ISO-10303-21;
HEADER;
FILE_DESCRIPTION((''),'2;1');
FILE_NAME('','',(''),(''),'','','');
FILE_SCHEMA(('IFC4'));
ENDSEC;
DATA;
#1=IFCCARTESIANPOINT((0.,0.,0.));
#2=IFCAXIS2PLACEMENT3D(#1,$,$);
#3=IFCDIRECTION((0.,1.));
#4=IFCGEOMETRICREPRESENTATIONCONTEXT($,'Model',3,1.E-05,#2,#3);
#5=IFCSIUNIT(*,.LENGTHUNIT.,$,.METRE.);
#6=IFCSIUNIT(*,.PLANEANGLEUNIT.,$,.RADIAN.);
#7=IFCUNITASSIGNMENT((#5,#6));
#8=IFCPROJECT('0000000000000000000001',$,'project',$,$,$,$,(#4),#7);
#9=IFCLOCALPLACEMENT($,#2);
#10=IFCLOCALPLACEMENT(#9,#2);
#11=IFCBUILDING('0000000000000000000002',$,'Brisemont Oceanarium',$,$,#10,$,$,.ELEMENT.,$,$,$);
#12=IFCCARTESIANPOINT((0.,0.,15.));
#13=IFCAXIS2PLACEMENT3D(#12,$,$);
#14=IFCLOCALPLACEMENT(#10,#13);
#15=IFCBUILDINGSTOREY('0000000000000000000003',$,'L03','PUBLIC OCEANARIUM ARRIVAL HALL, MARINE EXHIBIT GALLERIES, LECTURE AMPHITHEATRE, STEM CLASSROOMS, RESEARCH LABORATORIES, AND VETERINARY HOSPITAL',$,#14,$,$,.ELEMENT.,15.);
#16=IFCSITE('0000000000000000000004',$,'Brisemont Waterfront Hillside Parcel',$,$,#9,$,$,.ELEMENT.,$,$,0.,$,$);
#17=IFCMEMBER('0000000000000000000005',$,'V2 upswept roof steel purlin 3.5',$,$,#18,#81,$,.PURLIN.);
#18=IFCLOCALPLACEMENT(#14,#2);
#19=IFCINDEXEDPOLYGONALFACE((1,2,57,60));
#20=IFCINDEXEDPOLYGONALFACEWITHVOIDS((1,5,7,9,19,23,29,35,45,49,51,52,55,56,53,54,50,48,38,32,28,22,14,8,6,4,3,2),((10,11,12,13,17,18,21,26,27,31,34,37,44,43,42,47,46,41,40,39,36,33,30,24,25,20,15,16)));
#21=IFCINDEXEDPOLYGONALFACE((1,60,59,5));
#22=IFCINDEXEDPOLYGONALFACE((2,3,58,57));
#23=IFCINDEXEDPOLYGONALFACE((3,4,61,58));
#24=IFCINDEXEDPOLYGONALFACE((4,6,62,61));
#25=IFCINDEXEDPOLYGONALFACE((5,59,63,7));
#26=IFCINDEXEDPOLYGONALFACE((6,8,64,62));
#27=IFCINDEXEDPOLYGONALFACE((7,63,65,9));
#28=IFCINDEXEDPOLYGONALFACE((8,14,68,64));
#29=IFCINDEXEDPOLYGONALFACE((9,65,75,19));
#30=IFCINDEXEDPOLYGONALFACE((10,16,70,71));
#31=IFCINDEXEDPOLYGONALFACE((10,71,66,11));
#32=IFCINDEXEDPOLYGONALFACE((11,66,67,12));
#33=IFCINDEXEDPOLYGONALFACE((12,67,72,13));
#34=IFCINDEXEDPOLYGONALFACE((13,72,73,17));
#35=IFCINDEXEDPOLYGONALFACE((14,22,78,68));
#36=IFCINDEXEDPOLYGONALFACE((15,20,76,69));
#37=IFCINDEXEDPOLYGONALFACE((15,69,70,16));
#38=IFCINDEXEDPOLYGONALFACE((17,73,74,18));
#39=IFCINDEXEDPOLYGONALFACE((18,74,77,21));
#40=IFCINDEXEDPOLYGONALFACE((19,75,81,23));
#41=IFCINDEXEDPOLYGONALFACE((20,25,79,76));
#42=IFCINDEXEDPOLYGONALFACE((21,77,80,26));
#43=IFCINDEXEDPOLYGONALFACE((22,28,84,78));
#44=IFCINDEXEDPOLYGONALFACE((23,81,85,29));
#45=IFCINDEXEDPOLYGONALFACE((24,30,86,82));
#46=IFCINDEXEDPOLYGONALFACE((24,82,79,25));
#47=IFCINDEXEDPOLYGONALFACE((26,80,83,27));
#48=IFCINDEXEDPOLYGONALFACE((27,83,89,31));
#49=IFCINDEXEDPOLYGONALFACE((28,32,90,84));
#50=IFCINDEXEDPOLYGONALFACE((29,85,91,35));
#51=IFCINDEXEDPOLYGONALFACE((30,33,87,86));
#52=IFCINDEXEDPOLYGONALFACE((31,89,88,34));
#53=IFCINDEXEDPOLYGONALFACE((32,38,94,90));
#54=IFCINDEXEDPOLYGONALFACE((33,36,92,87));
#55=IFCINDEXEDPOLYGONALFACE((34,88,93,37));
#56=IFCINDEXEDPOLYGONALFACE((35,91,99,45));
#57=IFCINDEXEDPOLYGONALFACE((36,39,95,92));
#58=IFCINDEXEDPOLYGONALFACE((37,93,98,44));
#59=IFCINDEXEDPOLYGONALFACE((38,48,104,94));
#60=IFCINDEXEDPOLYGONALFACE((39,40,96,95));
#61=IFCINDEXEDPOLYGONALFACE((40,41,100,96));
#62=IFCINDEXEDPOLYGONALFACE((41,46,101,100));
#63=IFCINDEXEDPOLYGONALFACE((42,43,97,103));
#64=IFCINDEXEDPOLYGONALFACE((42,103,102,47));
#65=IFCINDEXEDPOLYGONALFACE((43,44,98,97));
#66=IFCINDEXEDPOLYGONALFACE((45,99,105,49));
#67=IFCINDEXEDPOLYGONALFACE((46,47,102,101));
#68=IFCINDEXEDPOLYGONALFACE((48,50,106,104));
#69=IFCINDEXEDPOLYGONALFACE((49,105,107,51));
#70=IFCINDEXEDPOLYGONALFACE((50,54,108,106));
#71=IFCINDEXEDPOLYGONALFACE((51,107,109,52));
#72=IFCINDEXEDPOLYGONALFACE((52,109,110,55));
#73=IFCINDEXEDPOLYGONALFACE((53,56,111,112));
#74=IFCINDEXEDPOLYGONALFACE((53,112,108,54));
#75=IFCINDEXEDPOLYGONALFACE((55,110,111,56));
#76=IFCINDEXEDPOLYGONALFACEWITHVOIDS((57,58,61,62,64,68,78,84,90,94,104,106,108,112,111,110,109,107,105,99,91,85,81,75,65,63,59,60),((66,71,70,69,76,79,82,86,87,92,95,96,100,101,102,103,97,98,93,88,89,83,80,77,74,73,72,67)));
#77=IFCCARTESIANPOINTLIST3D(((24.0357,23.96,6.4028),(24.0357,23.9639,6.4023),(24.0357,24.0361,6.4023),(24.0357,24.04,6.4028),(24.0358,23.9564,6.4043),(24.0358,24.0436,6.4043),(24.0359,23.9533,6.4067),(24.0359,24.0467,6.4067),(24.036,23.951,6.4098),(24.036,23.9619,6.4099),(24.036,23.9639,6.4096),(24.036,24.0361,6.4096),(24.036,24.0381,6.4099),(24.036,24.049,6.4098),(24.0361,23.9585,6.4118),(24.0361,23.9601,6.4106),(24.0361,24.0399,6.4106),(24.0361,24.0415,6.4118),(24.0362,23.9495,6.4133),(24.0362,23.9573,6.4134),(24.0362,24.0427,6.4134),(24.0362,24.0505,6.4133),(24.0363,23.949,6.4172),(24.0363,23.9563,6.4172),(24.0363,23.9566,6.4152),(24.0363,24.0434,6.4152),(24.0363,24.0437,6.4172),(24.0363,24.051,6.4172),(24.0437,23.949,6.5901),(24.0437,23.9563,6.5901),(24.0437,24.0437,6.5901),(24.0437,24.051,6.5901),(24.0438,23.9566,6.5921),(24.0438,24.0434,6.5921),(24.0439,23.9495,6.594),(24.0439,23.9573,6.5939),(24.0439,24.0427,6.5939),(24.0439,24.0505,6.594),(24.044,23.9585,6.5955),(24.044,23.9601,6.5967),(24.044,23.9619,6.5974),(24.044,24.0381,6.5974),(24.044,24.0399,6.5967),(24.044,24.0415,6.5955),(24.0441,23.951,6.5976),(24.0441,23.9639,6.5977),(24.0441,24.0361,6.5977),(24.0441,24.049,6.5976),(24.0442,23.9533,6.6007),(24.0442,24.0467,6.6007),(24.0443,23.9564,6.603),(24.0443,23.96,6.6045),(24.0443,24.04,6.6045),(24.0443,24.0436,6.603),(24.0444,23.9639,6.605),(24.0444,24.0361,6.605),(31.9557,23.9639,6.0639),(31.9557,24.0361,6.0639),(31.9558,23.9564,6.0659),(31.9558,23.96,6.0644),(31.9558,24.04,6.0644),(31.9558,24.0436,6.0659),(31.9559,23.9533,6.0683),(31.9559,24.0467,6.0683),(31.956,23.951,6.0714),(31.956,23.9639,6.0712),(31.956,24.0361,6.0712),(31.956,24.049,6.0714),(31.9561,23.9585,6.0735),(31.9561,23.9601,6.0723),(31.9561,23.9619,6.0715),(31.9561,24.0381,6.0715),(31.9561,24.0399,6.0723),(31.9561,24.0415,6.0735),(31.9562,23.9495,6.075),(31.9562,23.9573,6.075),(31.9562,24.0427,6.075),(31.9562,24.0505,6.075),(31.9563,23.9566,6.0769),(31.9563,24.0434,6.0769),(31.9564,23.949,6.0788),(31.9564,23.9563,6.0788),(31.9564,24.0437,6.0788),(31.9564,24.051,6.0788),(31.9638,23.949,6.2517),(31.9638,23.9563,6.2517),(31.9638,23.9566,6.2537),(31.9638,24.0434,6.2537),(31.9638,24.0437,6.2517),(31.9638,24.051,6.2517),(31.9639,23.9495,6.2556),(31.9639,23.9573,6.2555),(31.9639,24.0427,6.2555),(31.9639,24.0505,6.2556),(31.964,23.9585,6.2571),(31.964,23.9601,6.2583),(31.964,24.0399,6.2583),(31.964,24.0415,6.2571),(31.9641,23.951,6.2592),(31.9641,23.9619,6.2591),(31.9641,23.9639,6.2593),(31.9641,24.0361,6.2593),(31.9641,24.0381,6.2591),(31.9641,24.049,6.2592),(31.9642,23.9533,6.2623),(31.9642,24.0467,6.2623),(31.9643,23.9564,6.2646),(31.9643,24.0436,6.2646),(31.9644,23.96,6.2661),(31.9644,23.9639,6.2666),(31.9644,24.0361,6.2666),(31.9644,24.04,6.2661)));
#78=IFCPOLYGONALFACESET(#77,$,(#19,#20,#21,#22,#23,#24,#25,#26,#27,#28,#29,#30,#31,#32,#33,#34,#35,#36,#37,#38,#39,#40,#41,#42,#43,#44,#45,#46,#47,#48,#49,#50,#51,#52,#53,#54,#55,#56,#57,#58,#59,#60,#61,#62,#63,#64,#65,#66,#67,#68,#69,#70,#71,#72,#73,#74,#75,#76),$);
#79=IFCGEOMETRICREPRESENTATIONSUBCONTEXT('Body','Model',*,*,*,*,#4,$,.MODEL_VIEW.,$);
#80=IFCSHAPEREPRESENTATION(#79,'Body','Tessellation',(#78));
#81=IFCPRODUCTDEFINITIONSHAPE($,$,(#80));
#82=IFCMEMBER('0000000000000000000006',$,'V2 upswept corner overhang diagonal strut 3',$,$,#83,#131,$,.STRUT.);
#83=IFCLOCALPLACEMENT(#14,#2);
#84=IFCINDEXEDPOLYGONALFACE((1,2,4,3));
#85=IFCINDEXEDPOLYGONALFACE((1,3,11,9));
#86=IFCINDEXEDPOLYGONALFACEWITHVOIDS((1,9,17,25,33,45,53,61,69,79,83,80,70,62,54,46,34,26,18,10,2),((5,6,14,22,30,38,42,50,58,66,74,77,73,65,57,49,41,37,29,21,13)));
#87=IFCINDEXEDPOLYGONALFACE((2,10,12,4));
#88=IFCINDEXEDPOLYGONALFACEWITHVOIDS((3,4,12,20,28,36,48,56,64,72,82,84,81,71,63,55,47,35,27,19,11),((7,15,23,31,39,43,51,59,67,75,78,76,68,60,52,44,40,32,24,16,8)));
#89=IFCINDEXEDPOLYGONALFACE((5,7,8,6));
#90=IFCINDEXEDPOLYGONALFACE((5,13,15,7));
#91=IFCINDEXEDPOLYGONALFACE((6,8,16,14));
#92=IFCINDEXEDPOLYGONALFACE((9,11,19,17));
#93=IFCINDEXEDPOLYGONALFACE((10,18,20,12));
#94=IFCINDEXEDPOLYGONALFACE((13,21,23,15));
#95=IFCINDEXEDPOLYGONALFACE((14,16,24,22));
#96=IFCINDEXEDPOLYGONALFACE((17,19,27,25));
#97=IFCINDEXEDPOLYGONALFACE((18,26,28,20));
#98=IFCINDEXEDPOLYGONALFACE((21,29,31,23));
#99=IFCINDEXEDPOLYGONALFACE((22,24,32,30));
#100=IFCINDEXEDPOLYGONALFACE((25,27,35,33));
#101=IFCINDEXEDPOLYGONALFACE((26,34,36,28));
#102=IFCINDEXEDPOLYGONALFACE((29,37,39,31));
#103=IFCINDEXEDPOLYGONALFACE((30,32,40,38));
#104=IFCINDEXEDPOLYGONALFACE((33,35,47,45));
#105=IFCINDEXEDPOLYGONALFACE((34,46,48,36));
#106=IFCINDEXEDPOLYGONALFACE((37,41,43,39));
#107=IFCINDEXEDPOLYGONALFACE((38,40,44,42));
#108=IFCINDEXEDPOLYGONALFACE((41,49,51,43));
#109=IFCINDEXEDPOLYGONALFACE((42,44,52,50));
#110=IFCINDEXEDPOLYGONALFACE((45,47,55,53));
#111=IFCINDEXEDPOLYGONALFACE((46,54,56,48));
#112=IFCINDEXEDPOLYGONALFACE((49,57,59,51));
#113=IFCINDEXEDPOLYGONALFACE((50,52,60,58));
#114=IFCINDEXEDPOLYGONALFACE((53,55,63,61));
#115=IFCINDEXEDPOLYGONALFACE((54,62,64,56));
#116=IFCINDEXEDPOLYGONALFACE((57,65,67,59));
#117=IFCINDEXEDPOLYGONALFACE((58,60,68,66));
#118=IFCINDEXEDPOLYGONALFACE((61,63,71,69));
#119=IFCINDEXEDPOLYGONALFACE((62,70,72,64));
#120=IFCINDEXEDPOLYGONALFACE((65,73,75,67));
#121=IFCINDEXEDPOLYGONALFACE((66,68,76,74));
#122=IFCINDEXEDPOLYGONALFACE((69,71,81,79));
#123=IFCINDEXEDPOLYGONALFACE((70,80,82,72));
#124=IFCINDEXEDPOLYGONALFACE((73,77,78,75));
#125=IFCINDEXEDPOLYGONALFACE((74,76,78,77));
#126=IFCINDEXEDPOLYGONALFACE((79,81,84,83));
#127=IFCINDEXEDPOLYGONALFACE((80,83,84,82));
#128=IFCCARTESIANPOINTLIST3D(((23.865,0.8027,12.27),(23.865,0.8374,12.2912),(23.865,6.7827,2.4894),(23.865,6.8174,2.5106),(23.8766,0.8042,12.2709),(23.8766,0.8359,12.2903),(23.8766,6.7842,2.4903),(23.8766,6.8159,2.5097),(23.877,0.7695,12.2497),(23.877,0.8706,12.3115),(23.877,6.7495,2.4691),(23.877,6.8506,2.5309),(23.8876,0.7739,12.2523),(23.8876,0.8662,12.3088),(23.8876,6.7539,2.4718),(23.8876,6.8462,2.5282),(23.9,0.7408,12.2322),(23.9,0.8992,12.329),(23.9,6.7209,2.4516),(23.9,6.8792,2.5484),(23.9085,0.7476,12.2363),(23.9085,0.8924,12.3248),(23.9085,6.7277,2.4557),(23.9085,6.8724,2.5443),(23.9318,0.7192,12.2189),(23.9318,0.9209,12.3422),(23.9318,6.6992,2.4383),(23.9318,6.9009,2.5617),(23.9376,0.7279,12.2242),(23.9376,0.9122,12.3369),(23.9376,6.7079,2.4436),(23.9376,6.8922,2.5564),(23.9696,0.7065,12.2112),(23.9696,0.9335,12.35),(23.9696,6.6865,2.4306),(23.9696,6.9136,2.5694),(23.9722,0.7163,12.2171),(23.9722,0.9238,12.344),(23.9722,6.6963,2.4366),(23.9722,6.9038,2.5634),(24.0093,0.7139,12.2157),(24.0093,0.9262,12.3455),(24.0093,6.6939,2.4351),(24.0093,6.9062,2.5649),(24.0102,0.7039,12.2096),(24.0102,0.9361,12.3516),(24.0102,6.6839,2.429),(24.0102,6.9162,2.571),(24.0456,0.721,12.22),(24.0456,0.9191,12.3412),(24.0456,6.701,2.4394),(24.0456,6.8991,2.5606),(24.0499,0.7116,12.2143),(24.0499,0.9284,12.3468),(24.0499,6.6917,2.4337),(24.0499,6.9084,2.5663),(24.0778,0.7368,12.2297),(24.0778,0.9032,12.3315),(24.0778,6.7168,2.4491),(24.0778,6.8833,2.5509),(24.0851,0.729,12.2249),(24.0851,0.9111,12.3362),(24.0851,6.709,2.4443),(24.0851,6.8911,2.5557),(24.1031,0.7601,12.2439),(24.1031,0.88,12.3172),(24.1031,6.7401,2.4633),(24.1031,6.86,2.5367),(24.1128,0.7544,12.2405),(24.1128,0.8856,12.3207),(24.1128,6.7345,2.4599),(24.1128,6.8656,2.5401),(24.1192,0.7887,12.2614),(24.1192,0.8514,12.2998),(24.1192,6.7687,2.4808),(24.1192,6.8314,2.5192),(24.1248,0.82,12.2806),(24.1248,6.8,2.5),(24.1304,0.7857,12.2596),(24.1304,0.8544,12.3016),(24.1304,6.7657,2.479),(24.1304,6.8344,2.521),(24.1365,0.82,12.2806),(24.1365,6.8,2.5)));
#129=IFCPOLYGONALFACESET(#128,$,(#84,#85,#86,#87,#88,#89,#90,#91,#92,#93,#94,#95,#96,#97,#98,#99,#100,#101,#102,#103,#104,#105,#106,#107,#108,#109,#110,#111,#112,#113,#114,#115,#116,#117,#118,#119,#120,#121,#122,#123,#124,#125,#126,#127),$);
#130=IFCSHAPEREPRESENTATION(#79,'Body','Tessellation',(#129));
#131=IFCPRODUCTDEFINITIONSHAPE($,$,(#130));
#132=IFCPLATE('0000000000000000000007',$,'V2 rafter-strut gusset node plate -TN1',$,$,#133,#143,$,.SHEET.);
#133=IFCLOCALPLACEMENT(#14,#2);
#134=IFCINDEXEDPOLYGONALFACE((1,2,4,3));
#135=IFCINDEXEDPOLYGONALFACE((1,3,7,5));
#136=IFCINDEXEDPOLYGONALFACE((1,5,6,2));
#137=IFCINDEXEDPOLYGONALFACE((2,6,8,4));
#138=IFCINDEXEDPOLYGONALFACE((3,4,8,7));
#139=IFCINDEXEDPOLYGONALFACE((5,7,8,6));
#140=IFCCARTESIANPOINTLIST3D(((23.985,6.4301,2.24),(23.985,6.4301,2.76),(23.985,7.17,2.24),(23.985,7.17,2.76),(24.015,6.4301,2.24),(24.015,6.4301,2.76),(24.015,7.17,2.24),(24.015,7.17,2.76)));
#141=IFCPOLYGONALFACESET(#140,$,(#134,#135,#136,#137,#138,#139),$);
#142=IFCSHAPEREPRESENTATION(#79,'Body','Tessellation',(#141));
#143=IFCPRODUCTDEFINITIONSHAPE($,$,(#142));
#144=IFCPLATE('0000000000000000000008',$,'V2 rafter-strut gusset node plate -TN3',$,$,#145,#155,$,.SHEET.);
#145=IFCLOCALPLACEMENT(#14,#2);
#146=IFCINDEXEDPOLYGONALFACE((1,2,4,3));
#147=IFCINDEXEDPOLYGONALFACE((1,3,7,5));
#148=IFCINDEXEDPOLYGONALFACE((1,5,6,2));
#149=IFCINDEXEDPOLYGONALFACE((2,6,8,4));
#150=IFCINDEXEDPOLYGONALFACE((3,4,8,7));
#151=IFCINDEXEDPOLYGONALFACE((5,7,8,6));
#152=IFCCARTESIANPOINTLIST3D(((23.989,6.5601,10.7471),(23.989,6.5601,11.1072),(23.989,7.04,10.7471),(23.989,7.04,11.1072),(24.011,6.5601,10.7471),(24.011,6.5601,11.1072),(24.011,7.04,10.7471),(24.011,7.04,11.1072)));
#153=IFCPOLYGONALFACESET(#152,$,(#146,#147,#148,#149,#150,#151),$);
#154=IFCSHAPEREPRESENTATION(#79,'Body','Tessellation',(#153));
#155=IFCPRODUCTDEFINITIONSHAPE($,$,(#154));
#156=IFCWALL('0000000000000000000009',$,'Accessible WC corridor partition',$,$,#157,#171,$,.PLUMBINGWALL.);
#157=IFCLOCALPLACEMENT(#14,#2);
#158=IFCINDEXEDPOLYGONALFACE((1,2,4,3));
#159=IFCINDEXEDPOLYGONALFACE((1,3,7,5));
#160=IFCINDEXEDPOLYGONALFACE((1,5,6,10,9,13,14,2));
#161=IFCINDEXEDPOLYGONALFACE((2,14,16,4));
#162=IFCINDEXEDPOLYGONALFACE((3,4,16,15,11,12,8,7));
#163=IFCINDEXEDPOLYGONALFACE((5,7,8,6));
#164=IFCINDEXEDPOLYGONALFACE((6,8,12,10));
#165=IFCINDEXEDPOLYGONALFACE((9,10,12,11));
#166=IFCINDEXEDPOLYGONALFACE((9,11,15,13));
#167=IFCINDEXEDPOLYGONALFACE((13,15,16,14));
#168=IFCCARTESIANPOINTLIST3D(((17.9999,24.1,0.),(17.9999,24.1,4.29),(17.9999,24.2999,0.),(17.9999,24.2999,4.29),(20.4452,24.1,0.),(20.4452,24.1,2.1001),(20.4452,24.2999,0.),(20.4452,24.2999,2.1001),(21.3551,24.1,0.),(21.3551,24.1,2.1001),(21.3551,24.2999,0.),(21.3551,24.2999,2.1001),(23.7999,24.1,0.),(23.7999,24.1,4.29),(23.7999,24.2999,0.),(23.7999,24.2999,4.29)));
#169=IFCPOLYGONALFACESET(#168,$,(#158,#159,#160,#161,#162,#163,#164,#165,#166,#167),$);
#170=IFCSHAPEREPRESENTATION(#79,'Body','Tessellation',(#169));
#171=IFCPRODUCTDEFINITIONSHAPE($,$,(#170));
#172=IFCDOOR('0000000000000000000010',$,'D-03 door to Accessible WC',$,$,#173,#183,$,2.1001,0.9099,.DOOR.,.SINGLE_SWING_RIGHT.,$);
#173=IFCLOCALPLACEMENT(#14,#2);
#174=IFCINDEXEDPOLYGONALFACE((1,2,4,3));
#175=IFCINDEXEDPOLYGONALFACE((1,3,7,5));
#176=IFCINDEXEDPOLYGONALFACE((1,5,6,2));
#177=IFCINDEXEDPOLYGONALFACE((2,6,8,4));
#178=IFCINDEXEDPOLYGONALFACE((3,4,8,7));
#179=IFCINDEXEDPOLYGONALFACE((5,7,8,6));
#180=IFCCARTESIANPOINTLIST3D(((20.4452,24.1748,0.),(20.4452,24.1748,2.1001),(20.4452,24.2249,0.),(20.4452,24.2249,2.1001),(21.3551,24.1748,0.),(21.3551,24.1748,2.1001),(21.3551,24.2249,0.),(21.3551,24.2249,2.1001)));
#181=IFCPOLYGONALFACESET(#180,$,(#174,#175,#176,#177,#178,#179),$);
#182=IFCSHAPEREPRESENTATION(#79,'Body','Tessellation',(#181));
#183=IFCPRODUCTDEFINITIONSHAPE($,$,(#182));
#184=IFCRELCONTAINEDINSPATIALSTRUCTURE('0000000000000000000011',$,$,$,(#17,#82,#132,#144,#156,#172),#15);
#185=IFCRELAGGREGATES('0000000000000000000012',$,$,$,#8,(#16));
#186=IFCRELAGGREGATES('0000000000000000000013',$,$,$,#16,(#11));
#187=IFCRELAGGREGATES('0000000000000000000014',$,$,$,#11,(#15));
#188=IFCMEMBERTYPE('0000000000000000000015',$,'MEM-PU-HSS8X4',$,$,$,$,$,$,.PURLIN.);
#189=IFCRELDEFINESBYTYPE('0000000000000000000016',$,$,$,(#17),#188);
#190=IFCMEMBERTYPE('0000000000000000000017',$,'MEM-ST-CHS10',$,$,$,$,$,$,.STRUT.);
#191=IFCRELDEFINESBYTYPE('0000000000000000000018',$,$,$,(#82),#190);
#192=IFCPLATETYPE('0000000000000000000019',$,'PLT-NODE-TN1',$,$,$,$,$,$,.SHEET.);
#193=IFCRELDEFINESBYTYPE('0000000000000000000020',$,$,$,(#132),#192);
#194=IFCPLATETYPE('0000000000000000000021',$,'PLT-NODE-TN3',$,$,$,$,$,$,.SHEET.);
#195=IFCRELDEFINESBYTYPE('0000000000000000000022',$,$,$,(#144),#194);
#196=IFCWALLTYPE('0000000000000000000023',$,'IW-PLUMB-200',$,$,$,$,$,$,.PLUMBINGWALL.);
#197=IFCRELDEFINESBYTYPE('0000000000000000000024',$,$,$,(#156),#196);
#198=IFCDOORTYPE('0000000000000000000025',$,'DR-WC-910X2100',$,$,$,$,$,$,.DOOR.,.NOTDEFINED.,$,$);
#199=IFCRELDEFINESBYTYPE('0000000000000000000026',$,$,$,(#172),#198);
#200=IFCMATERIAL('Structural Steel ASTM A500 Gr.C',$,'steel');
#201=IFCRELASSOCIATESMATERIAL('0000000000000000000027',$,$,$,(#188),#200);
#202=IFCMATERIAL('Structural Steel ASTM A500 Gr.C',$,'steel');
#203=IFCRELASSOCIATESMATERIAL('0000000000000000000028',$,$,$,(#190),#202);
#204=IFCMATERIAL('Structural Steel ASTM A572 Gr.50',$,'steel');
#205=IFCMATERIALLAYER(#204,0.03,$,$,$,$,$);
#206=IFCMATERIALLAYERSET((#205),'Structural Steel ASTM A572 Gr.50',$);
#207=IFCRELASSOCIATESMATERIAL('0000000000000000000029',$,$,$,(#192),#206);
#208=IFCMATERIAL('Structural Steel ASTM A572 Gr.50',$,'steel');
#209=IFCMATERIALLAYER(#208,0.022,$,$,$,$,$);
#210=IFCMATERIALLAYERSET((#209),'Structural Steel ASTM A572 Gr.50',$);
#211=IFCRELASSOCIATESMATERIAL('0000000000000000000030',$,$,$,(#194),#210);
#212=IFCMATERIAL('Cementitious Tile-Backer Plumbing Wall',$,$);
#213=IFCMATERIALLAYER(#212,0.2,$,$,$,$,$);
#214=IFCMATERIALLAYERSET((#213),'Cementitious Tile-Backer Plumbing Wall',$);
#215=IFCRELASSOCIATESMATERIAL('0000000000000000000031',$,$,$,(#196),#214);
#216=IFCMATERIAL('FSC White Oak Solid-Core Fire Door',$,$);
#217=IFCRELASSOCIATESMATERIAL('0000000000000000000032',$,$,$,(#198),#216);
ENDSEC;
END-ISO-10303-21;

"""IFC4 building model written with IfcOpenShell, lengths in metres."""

from ifc_helpers import new_model, si_unit, direction, frame, frame_2d, origin, origin_2d, place, context, subcontext, project, spatial, rectangle, hollow_rectangle, hollow_circle, extrude, material, layer, layer_set, material_profile, profile_set, type_object, element, fill, save


model = new_model("IFC4")

# Units and contexts
model_context = context("Model", 3, precision=1e-05, world=origin(), true_north=direction((0.0, 1.0)))
body_context = subcontext(model_context, "Body", "Model", "MODEL_VIEW")
ifc_project = project(units=[si_unit("LENGTHUNIT", "METRE"), si_unit("PLANEANGLEUNIT", "RADIAN")], contexts=[model_context])

# Site, building, storey
site_placement = place(None, origin())
site = spatial("IfcSite", under=ifc_project, at=site_placement, Name="Brisemont Waterfront Hillside Parcel", CompositionType="ELEMENT", RefElevation=0.0)
building_placement = place(site_placement, origin())
building = spatial("IfcBuilding", under=site, at=building_placement, Name="Brisemont Oceanarium", CompositionType="ELEMENT")
storey_placement = place(building_placement, frame((0.0, 0.0, 15.0)))
storey = spatial("IfcBuildingStorey", under=building, at=storey_placement, Name="L03", Description="PUBLIC OCEANARIUM ARRIVAL HALL, MARINE EXHIBIT GALLERIES, LECTURE AMPHITHEATRE, STEM CLASSROOMS, RESEARCH LABORATORIES, AND VETERINARY HOSPITAL", CompositionType="ELEMENT", Elevation=15.0)

# Members
ifc_material_1 = material(Name="Structural Steel ASTM A500 Gr.C", Category="steel")
ifc_material_profile_1 = material_profile(ifc_material_1, hollow_rectangle(XDim=0.1021, YDim=0.2029, WallThickness=0.0073, InnerFilletRadius=0.0076, OuterFilletRadius=0.0149, at=origin_2d()), Name="HSS8X4X5/16")
ifc_profile_set_1 = profile_set([ifc_material_profile_1], Name="Structural Steel ASTM A500 Gr.C")
member_type_1 = type_object("IfcMemberType", Name="MEM-PU-HSS8X4", PredefinedType="PURLIN", material=ifc_profile_set_1)
for number, where, z_axis, x_axis, name in (
    (1, (24.04, 24.0, 6.5037), (0.999089, 0.0, -0.042686), (0.0, 1.0, 0.0), "V2 upswept roof steel purlin 3.5"),
):
    element("IfcMember", number, at=place(storey_placement, frame(where, z_axis=z_axis, x_axis=x_axis)), inside=storey, type_object=member_type_1, Name=name, PredefinedType="PURLIN", context=body_context, shape_type="SweptSolid", body=[
        extrude(hollow_rectangle(XDim=0.1021, YDim=0.2029, WallThickness=0.0073, InnerFilletRadius=0.0076, OuterFilletRadius=0.0149, at=origin_2d()), origin(), (0.0, 0.0, 1.0), 7.9272),
    ])
ifc_material_2 = material(Name="Structural Steel ASTM A500 Gr.C", Category="steel")
ifc_material_profile_2 = material_profile(ifc_material_2, hollow_circle(Radius=0.1365, WallThickness=0.0117, at=origin_2d()), Name="HSS10.750X0.500")
ifc_profile_set_2 = profile_set([ifc_material_profile_2], Name="Structural Steel ASTM A500 Gr.C")
member_type_2 = type_object("IfcMemberType", Name="MEM-ST-CHS10", PredefinedType="STRUT", material=ifc_profile_set_2)
member_1_placement = place(storey_placement, frame((24.0, 6.8, 2.5), z_axis=(0.0, -0.52164, 0.853165), x_axis=(1.0, 0.0, 0.0)))
element("IfcMember", 2, at=member_1_placement, inside=storey, type_object=member_type_2, Name="V2 upswept corner overhang diagonal strut 3", PredefinedType="STRUT", context=body_context, shape_type="SweptSolid", body=[
    extrude(hollow_circle(Radius=0.1365, WallThickness=0.0117, at=origin_2d()), origin(), (0.0, 0.0, 1.0), 11.4639),
])

# Plates
ifc_material_3 = material(Name="Structural Steel ASTM A572 Gr.50", Category="steel")
ifc_layer_1 = layer(ifc_material_3, 0.03)
ifc_layer_set_1 = layer_set([ifc_layer_1], Name="Structural Steel ASTM A572 Gr.50")
plate_type_1 = type_object("IfcPlateType", Name="PLT-NODE-TN1", PredefinedType="SHEET", material=ifc_layer_set_1)
plate_1_placement = place(storey_placement, frame((24.0, 6.8, 2.24), z_axis=(0.0, 0.0, 1.0), x_axis=(1.0, 0.0, 0.0)))
element("IfcPlate", 3, at=plate_1_placement, inside=storey, type_object=plate_type_1, Name="V2 rafter-strut gusset node plate -TN1", PredefinedType="SHEET", context=body_context, shape_type="SweptSolid", body=[
    extrude(rectangle(XDim=0.03, YDim=0.74, at=origin_2d()), origin(), (0.0, 0.0, 1.0), 0.52),
])
ifc_material_4 = material(Name="Structural Steel ASTM A572 Gr.50", Category="steel")
ifc_layer_2 = layer(ifc_material_4, 0.022)
ifc_layer_set_2 = layer_set([ifc_layer_2], Name="Structural Steel ASTM A572 Gr.50")
plate_type_2 = type_object("IfcPlateType", Name="PLT-NODE-TN3", PredefinedType="SHEET", material=ifc_layer_set_2)
plate_2_placement = place(storey_placement, frame((24.0, 6.8, 10.7471), z_axis=(0.0, 0.0, 1.0), x_axis=(1.0, 0.0, 0.0)))
element("IfcPlate", 4, at=plate_2_placement, inside=storey, type_object=plate_type_2, Name="V2 rafter-strut gusset node plate -TN3", PredefinedType="SHEET", context=body_context, shape_type="SweptSolid", body=[
    extrude(rectangle(XDim=0.022, YDim=0.48, at=origin_2d()), origin(), (0.0, 0.0, 1.0), 0.3601),
])

# Wall, opening, door
ifc_material_5 = material(Name="Cementitious Tile-Backer Plumbing Wall")
ifc_layer_3 = layer(ifc_material_5, 0.2)
ifc_layer_set_3 = layer_set([ifc_layer_3], Name="Cementitious Tile-Backer Plumbing Wall")
wall_type_1 = type_object("IfcWallType", Name="IW-PLUMB-200", PredefinedType="PLUMBINGWALL", material=ifc_layer_set_3)
wall_1_placement = place(storey_placement, frame((18.0, 24.2, 0.0), z_axis=(0.0, 0.0, 1.0), x_axis=(1.0, 0.0, 0.0)))
wall_1 = element("IfcWall", 5, at=wall_1_placement, inside=storey, type_object=wall_type_1, Name="Accessible WC corridor partition", PredefinedType="PLUMBINGWALL", context=body_context, shape_type="SweptSolid", body=[
    extrude(rectangle(XDim=5.8, YDim=0.2, at=frame_2d((2.8999, 0.0))), origin(), (0.0, 0.0, 1.0), 4.29),
])
opening_1_placement = place(wall_1_placement, frame((2.4451, 0.0, 0.0)))
opening_1 = element("IfcOpeningElement", 6, at=opening_1_placement, cuts=wall_1, PredefinedType="OPENING", context=body_context, shape_type="SweptSolid", body=[
    extrude(rectangle(XDim=0.9099, YDim=2.1001, at=frame_2d((0.4551, 1.05))), frame((0.0, 0.1099, 0.0), z_axis=(0.0, -1.0, 0.0), x_axis=(1.0, 0.0, 0.0)), (0.0, 0.0, 1.0), 0.22),
])
ifc_material_6 = material(Name="FSC White Oak Solid-Core Fire Door")
door_type_1 = type_object("IfcDoorType", Name="DR-WC-910X2100", OperationType="NOTDEFINED", PredefinedType="DOOR", material=ifc_material_6)
door_1_placement = place(opening_1_placement, origin())
door_1 = element("IfcDoor", 7, at=door_1_placement, inside=storey, type_object=door_type_1, Name="D-03 door to Accessible WC", OperationType="SINGLE_SWING_RIGHT", OverallHeight=2.1001, OverallWidth=0.9099, PredefinedType="DOOR", context=body_context, shape_type="SweptSolid", body=[
    extrude(rectangle(XDim=0.9099, YDim=2.1001, at=frame_2d((0.4551, 1.05))), frame((0.0, 0.0249, 0.0), z_axis=(0.0, -1.0, 0.0), x_axis=(1.0, 0.0, 0.0)), (0.0, 0.0, 1.0), 0.05),
])
fill(opening_1, door_1)

save(model, "model.ifc")
